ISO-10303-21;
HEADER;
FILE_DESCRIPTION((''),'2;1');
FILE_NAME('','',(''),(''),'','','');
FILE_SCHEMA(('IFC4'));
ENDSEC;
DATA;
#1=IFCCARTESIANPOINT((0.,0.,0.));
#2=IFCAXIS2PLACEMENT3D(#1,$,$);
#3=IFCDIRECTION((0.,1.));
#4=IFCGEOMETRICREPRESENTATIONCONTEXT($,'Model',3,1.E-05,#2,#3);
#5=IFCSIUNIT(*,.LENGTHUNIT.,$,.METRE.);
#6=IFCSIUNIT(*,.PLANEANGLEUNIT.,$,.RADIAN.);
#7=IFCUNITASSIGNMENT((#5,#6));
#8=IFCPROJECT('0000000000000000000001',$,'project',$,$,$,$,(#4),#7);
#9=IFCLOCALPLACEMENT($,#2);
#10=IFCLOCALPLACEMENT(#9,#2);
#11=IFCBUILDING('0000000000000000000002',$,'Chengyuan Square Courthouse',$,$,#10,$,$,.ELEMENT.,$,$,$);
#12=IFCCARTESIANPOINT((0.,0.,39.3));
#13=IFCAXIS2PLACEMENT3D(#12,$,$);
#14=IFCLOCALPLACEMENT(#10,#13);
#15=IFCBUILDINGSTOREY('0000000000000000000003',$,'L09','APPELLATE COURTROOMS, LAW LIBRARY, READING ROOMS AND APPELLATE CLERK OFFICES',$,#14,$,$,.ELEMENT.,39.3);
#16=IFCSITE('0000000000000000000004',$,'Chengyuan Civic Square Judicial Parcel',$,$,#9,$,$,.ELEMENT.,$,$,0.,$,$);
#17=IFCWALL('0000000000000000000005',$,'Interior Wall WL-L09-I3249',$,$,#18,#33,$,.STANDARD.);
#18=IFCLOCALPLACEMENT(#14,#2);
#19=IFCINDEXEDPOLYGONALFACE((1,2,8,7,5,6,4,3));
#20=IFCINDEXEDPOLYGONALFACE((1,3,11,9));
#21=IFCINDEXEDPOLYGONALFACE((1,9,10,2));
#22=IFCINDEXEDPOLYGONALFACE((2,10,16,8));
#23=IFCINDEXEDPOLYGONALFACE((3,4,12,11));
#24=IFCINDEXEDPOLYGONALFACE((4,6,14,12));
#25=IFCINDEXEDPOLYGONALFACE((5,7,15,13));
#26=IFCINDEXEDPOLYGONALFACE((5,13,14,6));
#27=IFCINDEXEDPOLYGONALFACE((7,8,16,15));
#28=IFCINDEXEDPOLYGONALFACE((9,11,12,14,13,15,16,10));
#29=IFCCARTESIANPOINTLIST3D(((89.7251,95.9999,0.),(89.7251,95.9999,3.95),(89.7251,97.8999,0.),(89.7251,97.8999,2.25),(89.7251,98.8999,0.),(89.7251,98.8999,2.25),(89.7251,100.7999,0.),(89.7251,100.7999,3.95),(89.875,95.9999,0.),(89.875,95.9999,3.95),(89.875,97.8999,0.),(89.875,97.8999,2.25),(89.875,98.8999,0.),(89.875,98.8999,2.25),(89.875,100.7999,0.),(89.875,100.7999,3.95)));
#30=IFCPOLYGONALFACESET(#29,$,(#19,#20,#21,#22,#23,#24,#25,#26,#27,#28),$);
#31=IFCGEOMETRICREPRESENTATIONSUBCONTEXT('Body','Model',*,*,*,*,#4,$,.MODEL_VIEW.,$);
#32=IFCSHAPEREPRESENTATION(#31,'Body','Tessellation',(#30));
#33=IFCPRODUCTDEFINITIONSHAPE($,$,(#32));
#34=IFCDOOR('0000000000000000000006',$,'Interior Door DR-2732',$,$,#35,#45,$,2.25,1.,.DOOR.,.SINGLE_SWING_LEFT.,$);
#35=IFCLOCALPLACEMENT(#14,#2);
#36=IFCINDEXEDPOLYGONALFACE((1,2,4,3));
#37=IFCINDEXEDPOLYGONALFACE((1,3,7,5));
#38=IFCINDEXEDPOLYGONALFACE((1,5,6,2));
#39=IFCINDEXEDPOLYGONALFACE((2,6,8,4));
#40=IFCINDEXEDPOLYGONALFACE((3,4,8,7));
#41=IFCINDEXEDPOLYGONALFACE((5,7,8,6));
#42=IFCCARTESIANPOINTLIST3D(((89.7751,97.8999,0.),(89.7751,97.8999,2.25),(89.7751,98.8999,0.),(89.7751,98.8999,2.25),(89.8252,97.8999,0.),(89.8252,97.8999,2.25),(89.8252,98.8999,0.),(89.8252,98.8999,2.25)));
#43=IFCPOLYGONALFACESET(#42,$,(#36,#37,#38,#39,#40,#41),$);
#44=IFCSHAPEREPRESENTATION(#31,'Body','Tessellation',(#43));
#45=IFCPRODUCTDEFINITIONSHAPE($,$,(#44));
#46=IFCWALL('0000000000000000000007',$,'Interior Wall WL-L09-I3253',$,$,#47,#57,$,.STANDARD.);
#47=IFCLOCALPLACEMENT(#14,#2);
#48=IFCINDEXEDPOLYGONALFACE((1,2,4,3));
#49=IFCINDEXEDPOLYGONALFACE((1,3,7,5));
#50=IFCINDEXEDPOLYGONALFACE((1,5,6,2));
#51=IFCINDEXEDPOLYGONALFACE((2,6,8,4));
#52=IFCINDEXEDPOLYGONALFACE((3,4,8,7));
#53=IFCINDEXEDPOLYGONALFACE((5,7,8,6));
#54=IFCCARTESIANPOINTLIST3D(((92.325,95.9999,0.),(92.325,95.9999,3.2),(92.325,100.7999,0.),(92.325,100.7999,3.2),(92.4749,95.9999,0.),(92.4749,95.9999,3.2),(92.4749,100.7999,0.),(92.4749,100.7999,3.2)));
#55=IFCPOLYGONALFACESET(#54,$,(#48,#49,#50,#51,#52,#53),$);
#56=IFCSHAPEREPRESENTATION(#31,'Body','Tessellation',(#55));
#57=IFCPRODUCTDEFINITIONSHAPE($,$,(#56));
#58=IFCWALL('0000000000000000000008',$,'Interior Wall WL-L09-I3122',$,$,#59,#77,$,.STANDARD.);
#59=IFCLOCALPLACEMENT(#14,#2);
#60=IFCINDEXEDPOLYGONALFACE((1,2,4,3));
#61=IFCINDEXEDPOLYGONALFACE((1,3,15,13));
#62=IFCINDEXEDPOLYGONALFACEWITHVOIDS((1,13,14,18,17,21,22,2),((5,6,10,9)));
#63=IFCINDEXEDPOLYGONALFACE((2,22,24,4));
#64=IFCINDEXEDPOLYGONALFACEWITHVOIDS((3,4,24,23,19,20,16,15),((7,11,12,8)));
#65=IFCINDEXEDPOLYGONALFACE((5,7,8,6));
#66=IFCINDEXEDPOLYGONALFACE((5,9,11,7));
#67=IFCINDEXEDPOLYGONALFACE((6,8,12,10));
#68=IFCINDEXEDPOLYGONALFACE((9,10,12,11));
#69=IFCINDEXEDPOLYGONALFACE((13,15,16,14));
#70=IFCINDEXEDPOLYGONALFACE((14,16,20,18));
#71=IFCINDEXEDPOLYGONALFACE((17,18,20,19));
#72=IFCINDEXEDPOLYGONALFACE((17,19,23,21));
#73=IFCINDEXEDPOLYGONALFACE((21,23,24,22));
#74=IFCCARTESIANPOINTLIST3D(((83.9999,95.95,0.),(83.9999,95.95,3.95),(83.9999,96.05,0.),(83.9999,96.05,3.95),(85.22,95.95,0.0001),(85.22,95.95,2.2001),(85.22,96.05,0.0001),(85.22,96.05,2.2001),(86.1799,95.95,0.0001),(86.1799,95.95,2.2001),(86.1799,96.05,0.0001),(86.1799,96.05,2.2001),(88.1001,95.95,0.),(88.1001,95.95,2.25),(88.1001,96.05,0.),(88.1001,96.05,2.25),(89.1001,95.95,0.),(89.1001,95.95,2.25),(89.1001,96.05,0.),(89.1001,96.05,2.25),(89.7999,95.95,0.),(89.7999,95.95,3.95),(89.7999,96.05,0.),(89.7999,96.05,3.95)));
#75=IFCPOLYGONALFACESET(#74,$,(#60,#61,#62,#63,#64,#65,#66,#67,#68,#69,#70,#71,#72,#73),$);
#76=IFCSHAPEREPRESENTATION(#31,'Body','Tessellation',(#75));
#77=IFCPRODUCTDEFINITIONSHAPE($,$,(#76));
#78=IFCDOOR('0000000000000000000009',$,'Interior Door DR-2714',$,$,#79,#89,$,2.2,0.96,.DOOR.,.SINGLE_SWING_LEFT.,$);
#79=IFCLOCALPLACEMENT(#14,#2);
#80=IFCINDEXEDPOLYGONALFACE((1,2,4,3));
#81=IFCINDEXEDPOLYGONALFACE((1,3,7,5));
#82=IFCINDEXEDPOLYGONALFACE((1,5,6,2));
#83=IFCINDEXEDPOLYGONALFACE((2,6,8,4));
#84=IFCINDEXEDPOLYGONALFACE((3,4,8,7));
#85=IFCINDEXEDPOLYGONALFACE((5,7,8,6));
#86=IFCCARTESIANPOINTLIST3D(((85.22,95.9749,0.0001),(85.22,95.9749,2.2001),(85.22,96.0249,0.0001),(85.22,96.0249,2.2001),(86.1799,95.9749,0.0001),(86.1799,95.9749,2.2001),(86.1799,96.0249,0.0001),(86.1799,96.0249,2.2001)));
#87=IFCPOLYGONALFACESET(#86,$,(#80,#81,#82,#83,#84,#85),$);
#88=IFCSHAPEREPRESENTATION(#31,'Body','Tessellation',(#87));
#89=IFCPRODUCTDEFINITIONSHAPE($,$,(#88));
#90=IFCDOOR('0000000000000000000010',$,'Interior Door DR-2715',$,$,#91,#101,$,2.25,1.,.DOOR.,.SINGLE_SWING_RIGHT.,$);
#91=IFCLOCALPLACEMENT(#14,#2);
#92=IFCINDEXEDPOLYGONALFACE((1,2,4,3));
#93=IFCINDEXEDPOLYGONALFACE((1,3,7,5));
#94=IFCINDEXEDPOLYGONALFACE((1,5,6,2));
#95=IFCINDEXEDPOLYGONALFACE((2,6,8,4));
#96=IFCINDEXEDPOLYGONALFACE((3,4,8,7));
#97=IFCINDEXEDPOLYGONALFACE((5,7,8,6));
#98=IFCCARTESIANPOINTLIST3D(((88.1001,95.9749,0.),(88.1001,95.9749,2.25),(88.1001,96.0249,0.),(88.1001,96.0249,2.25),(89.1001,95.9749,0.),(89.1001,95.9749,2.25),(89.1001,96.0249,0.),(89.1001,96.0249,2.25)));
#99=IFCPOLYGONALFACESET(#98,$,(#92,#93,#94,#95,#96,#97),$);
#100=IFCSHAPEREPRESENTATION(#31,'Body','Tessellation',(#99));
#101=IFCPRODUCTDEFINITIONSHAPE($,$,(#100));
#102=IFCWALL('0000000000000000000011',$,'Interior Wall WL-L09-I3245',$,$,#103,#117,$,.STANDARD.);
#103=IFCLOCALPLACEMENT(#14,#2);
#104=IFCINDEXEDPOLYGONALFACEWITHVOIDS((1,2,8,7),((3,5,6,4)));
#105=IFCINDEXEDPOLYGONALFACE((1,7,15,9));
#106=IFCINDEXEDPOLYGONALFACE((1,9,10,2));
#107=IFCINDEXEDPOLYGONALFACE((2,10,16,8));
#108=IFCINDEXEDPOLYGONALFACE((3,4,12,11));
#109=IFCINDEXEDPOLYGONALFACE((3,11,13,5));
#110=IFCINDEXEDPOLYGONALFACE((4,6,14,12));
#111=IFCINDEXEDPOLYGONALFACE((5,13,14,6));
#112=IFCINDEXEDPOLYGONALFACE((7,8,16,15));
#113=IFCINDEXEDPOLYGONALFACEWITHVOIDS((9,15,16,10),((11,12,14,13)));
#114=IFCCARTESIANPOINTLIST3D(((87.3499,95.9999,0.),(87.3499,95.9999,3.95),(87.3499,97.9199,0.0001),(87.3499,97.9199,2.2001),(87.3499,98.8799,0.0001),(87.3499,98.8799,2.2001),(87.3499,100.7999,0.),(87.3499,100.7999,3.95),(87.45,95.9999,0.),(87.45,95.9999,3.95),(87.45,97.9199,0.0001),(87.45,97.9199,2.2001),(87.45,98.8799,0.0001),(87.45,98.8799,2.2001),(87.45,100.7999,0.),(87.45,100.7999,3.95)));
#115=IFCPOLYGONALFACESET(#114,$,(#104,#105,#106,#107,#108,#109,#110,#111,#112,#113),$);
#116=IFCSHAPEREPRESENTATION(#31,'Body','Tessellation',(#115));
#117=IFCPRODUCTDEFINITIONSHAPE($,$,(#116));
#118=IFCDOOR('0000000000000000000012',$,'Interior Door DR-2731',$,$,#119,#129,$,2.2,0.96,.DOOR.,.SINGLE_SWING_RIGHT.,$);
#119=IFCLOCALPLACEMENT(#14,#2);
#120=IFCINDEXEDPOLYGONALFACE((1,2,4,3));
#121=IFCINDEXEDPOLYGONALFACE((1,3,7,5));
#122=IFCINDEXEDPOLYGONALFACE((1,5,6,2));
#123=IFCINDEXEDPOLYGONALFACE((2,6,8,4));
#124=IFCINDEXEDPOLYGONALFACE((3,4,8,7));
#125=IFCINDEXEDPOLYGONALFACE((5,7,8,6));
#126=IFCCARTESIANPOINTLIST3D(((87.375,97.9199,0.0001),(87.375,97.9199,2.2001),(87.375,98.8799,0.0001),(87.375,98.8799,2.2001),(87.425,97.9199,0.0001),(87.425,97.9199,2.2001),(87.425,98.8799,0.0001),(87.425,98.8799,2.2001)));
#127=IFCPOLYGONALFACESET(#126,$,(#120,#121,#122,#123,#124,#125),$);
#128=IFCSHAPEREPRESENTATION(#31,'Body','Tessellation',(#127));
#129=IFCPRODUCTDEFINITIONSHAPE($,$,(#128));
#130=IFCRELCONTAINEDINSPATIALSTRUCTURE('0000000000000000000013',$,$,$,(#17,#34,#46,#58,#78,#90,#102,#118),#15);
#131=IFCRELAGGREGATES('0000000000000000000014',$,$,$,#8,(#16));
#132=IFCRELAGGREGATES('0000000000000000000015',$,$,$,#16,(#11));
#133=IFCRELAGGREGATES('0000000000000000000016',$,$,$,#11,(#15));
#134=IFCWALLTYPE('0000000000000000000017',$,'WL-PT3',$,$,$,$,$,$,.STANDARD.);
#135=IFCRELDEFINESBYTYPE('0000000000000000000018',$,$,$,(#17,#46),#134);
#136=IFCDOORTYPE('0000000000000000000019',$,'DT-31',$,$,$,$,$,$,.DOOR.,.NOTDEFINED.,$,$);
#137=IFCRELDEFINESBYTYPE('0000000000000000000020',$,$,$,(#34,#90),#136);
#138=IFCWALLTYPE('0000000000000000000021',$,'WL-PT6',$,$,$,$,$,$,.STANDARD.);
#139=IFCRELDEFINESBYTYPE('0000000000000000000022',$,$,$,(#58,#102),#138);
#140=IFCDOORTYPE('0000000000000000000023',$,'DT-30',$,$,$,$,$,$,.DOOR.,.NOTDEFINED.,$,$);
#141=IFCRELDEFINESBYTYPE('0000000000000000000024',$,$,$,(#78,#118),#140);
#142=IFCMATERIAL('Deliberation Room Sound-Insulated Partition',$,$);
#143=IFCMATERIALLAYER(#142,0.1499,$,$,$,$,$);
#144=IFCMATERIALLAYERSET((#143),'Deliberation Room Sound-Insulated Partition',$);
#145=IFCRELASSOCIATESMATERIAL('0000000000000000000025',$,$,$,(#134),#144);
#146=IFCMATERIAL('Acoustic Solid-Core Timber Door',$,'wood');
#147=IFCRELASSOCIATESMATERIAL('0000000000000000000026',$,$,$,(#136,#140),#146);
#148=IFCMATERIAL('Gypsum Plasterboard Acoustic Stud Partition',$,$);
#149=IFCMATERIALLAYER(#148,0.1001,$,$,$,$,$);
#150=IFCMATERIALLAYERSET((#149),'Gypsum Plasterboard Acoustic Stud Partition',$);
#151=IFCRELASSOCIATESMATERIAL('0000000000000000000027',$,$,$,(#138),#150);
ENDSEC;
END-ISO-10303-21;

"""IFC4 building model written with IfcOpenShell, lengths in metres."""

from ifc_helpers import new_model, si_unit, direction, frame, frame_2d, origin, place, context, subcontext, project, spatial, rectangle, extrude, material, layer, layer_set, type_object, element, fill, save


model = new_model("IFC4")

# Units and contexts
model_context = context("Model", 3, precision=1e-05, world=origin(), true_north=direction((0.0, 1.0)))
body_context = subcontext(model_context, "Body", "Model", "MODEL_VIEW")
ifc_project = project(units=[si_unit("LENGTHUNIT", "METRE"), si_unit("PLANEANGLEUNIT", "RADIAN")], contexts=[model_context])

# Site, building, storey
site_placement = place(None, origin())
site = spatial("IfcSite", under=ifc_project, at=site_placement, Name="Chengyuan Civic Square Judicial Parcel", CompositionType="ELEMENT", RefElevation=0.0)
building_placement = place(site_placement, origin())
building = spatial("IfcBuilding", under=site, at=building_placement, Name="Chengyuan Square Courthouse", CompositionType="ELEMENT")
storey_placement = place(building_placement, frame((0.0, 0.0, 39.3)))
storey = spatial("IfcBuildingStorey", under=building, at=storey_placement, Name="L09", Description="APPELLATE COURTROOMS, LAW LIBRARY, READING ROOMS AND APPELLATE CLERK OFFICES", CompositionType="ELEMENT", Elevation=39.3)

# Shared definitions
ifc_material_1 = material(Name="Deliberation Room Sound-Insulated Partition")
ifc_layer_1 = layer(ifc_material_1, 0.1499)
ifc_layer_set_1 = layer_set([ifc_layer_1], Name="Deliberation Room Sound-Insulated Partition")
wall_type_1 = type_object("IfcWallType", Name="WL-PT3", PredefinedType="STANDARD", material=ifc_layer_set_1)
ifc_material_2 = material(Name="Acoustic Solid-Core Timber Door", Category="wood")

# Wall, opening, door
wall_1_placement = place(storey_placement, frame((89.8, 96.0, 0.0), z_axis=(0.0, 0.0, 1.0), x_axis=(0.0, 1.0, 0.0)))
wall_1 = element("IfcWall", 1, at=wall_1_placement, inside=storey, type_object=wall_type_1, Name="Interior Wall WL-L09-I3249", PredefinedType="STANDARD", context=body_context, shape_type="SweptSolid", body=[
    extrude(rectangle(XDim=4.8, YDim=0.1499, at=frame_2d((2.3999, 0.0))), origin(), (0.0, 0.0, 1.0), 3.95),
])
opening_1_placement = place(wall_1_placement, frame((1.8999, 0.0, 0.0)))
opening_1 = element("IfcOpeningElement", 2, at=opening_1_placement, cuts=wall_1, PredefinedType="OPENING", context=body_context, shape_type="SweptSolid", body=[
    extrude(rectangle(XDim=1.0, YDim=2.25, at=frame_2d((0.5, 1.125))), frame((0.0, 0.0869, 0.0), z_axis=(0.0, -1.0, 0.0), x_axis=(1.0, 0.0, 0.0)), (0.0, 0.0, 1.0), 0.1738),
])
door_type_1 = type_object("IfcDoorType", Name="DT-31", OperationType="NOTDEFINED", PredefinedType="DOOR", material=ifc_material_2)
door_1_placement = place(opening_1_placement, origin())
door_1 = element("IfcDoor", 3, at=door_1_placement, inside=storey, type_object=door_type_1, Name="Interior Door DR-2732", OperationType="SINGLE_SWING_LEFT", OverallHeight=2.25, OverallWidth=1.0, PredefinedType="DOOR", context=body_context, shape_type="SweptSolid", body=[
    extrude(rectangle(XDim=1.0, YDim=2.25, at=frame_2d((0.5, 1.125))), frame((0.0, 0.0249, 0.0), z_axis=(0.0, -1.0, 0.0), x_axis=(1.0, 0.0, 0.0)), (0.0, 0.0, 1.0), 0.05),
])
fill(opening_1, door_1)

# Wall
wall_2_placement = place(storey_placement, frame((92.3999, 96.0, 0.0), z_axis=(0.0, 0.0, 1.0), x_axis=(0.0, 1.0, 0.0)))
element("IfcWall", 4, at=wall_2_placement, inside=storey, type_object=wall_type_1, Name="Interior Wall WL-L09-I3253", PredefinedType="STANDARD", context=body_context, shape_type="SweptSolid", body=[
    extrude(rectangle(XDim=4.8, YDim=0.1499, at=frame_2d((2.3999, 0.0))), origin(), (0.0, 0.0, 1.0), 3.2),
])

# Wall, openings, doors
ifc_material_3 = material(Name="Gypsum Plasterboard Acoustic Stud Partition")
ifc_layer_2 = layer(ifc_material_3, 0.1001)
ifc_layer_set_2 = layer_set([ifc_layer_2], Name="Gypsum Plasterboard Acoustic Stud Partition")
wall_type_2 = type_object("IfcWallType", Name="WL-PT6", PredefinedType="STANDARD", material=ifc_layer_set_2)
wall_3_placement = place(storey_placement, frame((84.0, 96.0, 0.0), z_axis=(0.0, 0.0, 1.0), x_axis=(1.0, 0.0, 0.0)))
wall_3 = element("IfcWall", 5, at=wall_3_placement, inside=storey, type_object=wall_type_2, Name="Interior Wall WL-L09-I3122", PredefinedType="STANDARD", context=body_context, shape_type="SweptSolid", body=[
    extrude(rectangle(XDim=5.8, YDim=0.1001, at=frame_2d((2.8999, 0.0))), origin(), (0.0, 0.0, 1.0), 3.95),
])
opening_2_placement = place(wall_3_placement, frame((1.22, 0.0, 0.0)))
opening_2 = element("IfcOpeningElement", 6, at=opening_2_placement, cuts=wall_3, PredefinedType="OPENING", context=body_context, shape_type="SweptSolid", body=[
    extrude(rectangle(XDim=0.96, YDim=2.2, at=frame_2d((0.48, 1.1001))), frame((0.0, 0.062, 0.0), z_axis=(0.0, -1.0, 0.0), x_axis=(1.0, 0.0, 0.0)), (0.0, 0.0, 1.0), 0.124),
])
opening_3_placement = place(wall_3_placement, frame((4.1001, 0.0, 0.0)))
opening_3 = element("IfcOpeningElement", 7, at=opening_3_placement, cuts=wall_3, PredefinedType="OPENING", context=body_context, shape_type="SweptSolid", body=[
    extrude(rectangle(XDim=1.0, YDim=2.25, at=frame_2d((0.5, 1.125))), frame((0.0, 0.062, 0.0), z_axis=(0.0, -1.0, 0.0), x_axis=(1.0, 0.0, 0.0)), (0.0, 0.0, 1.0), 0.124),
])
door_type_2 = type_object("IfcDoorType", Name="DT-30", OperationType="NOTDEFINED", PredefinedType="DOOR", material=ifc_material_2)
door_2_placement = place(opening_2_placement, origin())
door_2 = element("IfcDoor", 8, at=door_2_placement, inside=storey, type_object=door_type_2, Name="Interior Door DR-2714", OperationType="SINGLE_SWING_LEFT", OverallHeight=2.2, OverallWidth=0.96, PredefinedType="DOOR", context=body_context, shape_type="SweptSolid", body=[
    extrude(rectangle(XDim=0.96, YDim=2.2, at=frame_2d((0.48, 1.1001))), frame((0.0, 0.0249, 0.0), z_axis=(0.0, -1.0, 0.0), x_axis=(1.0, 0.0, 0.0)), (0.0, 0.0, 1.0), 0.05),
])
fill(opening_2, door_2)
door_3_placement = place(opening_3_placement, origin())
door_3 = element("IfcDoor", 9, at=door_3_placement, inside=storey, type_object=door_type_1, Name="Interior Door DR-2715", OperationType="SINGLE_SWING_RIGHT", OverallHeight=2.25, OverallWidth=1.0, PredefinedType="DOOR", context=body_context, shape_type="SweptSolid", body=[
    extrude(rectangle(XDim=1.0, YDim=2.25, at=frame_2d((0.5, 1.125))), frame((0.0, 0.0249, 0.0), z_axis=(0.0, -1.0, 0.0), x_axis=(1.0, 0.0, 0.0)), (0.0, 0.0, 1.0), 0.05),
])
fill(opening_3, door_3)

# Wall, opening, door
wall_4_placement = place(storey_placement, frame((87.3999, 96.0, 0.0), z_axis=(0.0, 0.0, 1.0), x_axis=(0.0, 1.0, 0.0)))
wall_4 = element("IfcWall", 10, at=wall_4_placement, inside=storey, type_object=wall_type_2, Name="Interior Wall WL-L09-I3245", PredefinedType="STANDARD", context=body_context, shape_type="SweptSolid", body=[
    extrude(rectangle(XDim=4.8, YDim=0.1001, at=frame_2d((2.3999, 0.0))), origin(), (0.0, 0.0, 1.0), 3.95),
])
opening_4_placement = place(wall_4_placement, frame((1.9199, 0.0, 0.0)))
opening_4 = element("IfcOpeningElement", 11, at=opening_4_placement, cuts=wall_4, PredefinedType="OPENING", context=body_context, shape_type="SweptSolid", body=[
    extrude(rectangle(XDim=0.96, YDim=2.2, at=frame_2d((0.48, 1.1001))), frame((0.0, 0.062, 0.0), z_axis=(0.0, -1.0, 0.0), x_axis=(1.0, 0.0, 0.0)), (0.0, 0.0, 1.0), 0.124),
])
door_4_placement = place(opening_4_placement, origin())
door_4 = element("IfcDoor", 12, at=door_4_placement, inside=storey, type_object=door_type_2, Name="Interior Door DR-2731", OperationType="SINGLE_SWING_RIGHT", OverallHeight=2.2, OverallWidth=0.96, PredefinedType="DOOR", context=body_context, shape_type="SweptSolid", body=[
    extrude(rectangle(XDim=0.96, YDim=2.2, at=frame_2d((0.48, 1.1001))), frame((0.0, 0.0249, 0.0), z_axis=(0.0, -1.0, 0.0), x_axis=(1.0, 0.0, 0.0)), (0.0, 0.0, 1.0), 0.05),
])
fill(opening_4, door_4)

save(model, "model.ifc")
